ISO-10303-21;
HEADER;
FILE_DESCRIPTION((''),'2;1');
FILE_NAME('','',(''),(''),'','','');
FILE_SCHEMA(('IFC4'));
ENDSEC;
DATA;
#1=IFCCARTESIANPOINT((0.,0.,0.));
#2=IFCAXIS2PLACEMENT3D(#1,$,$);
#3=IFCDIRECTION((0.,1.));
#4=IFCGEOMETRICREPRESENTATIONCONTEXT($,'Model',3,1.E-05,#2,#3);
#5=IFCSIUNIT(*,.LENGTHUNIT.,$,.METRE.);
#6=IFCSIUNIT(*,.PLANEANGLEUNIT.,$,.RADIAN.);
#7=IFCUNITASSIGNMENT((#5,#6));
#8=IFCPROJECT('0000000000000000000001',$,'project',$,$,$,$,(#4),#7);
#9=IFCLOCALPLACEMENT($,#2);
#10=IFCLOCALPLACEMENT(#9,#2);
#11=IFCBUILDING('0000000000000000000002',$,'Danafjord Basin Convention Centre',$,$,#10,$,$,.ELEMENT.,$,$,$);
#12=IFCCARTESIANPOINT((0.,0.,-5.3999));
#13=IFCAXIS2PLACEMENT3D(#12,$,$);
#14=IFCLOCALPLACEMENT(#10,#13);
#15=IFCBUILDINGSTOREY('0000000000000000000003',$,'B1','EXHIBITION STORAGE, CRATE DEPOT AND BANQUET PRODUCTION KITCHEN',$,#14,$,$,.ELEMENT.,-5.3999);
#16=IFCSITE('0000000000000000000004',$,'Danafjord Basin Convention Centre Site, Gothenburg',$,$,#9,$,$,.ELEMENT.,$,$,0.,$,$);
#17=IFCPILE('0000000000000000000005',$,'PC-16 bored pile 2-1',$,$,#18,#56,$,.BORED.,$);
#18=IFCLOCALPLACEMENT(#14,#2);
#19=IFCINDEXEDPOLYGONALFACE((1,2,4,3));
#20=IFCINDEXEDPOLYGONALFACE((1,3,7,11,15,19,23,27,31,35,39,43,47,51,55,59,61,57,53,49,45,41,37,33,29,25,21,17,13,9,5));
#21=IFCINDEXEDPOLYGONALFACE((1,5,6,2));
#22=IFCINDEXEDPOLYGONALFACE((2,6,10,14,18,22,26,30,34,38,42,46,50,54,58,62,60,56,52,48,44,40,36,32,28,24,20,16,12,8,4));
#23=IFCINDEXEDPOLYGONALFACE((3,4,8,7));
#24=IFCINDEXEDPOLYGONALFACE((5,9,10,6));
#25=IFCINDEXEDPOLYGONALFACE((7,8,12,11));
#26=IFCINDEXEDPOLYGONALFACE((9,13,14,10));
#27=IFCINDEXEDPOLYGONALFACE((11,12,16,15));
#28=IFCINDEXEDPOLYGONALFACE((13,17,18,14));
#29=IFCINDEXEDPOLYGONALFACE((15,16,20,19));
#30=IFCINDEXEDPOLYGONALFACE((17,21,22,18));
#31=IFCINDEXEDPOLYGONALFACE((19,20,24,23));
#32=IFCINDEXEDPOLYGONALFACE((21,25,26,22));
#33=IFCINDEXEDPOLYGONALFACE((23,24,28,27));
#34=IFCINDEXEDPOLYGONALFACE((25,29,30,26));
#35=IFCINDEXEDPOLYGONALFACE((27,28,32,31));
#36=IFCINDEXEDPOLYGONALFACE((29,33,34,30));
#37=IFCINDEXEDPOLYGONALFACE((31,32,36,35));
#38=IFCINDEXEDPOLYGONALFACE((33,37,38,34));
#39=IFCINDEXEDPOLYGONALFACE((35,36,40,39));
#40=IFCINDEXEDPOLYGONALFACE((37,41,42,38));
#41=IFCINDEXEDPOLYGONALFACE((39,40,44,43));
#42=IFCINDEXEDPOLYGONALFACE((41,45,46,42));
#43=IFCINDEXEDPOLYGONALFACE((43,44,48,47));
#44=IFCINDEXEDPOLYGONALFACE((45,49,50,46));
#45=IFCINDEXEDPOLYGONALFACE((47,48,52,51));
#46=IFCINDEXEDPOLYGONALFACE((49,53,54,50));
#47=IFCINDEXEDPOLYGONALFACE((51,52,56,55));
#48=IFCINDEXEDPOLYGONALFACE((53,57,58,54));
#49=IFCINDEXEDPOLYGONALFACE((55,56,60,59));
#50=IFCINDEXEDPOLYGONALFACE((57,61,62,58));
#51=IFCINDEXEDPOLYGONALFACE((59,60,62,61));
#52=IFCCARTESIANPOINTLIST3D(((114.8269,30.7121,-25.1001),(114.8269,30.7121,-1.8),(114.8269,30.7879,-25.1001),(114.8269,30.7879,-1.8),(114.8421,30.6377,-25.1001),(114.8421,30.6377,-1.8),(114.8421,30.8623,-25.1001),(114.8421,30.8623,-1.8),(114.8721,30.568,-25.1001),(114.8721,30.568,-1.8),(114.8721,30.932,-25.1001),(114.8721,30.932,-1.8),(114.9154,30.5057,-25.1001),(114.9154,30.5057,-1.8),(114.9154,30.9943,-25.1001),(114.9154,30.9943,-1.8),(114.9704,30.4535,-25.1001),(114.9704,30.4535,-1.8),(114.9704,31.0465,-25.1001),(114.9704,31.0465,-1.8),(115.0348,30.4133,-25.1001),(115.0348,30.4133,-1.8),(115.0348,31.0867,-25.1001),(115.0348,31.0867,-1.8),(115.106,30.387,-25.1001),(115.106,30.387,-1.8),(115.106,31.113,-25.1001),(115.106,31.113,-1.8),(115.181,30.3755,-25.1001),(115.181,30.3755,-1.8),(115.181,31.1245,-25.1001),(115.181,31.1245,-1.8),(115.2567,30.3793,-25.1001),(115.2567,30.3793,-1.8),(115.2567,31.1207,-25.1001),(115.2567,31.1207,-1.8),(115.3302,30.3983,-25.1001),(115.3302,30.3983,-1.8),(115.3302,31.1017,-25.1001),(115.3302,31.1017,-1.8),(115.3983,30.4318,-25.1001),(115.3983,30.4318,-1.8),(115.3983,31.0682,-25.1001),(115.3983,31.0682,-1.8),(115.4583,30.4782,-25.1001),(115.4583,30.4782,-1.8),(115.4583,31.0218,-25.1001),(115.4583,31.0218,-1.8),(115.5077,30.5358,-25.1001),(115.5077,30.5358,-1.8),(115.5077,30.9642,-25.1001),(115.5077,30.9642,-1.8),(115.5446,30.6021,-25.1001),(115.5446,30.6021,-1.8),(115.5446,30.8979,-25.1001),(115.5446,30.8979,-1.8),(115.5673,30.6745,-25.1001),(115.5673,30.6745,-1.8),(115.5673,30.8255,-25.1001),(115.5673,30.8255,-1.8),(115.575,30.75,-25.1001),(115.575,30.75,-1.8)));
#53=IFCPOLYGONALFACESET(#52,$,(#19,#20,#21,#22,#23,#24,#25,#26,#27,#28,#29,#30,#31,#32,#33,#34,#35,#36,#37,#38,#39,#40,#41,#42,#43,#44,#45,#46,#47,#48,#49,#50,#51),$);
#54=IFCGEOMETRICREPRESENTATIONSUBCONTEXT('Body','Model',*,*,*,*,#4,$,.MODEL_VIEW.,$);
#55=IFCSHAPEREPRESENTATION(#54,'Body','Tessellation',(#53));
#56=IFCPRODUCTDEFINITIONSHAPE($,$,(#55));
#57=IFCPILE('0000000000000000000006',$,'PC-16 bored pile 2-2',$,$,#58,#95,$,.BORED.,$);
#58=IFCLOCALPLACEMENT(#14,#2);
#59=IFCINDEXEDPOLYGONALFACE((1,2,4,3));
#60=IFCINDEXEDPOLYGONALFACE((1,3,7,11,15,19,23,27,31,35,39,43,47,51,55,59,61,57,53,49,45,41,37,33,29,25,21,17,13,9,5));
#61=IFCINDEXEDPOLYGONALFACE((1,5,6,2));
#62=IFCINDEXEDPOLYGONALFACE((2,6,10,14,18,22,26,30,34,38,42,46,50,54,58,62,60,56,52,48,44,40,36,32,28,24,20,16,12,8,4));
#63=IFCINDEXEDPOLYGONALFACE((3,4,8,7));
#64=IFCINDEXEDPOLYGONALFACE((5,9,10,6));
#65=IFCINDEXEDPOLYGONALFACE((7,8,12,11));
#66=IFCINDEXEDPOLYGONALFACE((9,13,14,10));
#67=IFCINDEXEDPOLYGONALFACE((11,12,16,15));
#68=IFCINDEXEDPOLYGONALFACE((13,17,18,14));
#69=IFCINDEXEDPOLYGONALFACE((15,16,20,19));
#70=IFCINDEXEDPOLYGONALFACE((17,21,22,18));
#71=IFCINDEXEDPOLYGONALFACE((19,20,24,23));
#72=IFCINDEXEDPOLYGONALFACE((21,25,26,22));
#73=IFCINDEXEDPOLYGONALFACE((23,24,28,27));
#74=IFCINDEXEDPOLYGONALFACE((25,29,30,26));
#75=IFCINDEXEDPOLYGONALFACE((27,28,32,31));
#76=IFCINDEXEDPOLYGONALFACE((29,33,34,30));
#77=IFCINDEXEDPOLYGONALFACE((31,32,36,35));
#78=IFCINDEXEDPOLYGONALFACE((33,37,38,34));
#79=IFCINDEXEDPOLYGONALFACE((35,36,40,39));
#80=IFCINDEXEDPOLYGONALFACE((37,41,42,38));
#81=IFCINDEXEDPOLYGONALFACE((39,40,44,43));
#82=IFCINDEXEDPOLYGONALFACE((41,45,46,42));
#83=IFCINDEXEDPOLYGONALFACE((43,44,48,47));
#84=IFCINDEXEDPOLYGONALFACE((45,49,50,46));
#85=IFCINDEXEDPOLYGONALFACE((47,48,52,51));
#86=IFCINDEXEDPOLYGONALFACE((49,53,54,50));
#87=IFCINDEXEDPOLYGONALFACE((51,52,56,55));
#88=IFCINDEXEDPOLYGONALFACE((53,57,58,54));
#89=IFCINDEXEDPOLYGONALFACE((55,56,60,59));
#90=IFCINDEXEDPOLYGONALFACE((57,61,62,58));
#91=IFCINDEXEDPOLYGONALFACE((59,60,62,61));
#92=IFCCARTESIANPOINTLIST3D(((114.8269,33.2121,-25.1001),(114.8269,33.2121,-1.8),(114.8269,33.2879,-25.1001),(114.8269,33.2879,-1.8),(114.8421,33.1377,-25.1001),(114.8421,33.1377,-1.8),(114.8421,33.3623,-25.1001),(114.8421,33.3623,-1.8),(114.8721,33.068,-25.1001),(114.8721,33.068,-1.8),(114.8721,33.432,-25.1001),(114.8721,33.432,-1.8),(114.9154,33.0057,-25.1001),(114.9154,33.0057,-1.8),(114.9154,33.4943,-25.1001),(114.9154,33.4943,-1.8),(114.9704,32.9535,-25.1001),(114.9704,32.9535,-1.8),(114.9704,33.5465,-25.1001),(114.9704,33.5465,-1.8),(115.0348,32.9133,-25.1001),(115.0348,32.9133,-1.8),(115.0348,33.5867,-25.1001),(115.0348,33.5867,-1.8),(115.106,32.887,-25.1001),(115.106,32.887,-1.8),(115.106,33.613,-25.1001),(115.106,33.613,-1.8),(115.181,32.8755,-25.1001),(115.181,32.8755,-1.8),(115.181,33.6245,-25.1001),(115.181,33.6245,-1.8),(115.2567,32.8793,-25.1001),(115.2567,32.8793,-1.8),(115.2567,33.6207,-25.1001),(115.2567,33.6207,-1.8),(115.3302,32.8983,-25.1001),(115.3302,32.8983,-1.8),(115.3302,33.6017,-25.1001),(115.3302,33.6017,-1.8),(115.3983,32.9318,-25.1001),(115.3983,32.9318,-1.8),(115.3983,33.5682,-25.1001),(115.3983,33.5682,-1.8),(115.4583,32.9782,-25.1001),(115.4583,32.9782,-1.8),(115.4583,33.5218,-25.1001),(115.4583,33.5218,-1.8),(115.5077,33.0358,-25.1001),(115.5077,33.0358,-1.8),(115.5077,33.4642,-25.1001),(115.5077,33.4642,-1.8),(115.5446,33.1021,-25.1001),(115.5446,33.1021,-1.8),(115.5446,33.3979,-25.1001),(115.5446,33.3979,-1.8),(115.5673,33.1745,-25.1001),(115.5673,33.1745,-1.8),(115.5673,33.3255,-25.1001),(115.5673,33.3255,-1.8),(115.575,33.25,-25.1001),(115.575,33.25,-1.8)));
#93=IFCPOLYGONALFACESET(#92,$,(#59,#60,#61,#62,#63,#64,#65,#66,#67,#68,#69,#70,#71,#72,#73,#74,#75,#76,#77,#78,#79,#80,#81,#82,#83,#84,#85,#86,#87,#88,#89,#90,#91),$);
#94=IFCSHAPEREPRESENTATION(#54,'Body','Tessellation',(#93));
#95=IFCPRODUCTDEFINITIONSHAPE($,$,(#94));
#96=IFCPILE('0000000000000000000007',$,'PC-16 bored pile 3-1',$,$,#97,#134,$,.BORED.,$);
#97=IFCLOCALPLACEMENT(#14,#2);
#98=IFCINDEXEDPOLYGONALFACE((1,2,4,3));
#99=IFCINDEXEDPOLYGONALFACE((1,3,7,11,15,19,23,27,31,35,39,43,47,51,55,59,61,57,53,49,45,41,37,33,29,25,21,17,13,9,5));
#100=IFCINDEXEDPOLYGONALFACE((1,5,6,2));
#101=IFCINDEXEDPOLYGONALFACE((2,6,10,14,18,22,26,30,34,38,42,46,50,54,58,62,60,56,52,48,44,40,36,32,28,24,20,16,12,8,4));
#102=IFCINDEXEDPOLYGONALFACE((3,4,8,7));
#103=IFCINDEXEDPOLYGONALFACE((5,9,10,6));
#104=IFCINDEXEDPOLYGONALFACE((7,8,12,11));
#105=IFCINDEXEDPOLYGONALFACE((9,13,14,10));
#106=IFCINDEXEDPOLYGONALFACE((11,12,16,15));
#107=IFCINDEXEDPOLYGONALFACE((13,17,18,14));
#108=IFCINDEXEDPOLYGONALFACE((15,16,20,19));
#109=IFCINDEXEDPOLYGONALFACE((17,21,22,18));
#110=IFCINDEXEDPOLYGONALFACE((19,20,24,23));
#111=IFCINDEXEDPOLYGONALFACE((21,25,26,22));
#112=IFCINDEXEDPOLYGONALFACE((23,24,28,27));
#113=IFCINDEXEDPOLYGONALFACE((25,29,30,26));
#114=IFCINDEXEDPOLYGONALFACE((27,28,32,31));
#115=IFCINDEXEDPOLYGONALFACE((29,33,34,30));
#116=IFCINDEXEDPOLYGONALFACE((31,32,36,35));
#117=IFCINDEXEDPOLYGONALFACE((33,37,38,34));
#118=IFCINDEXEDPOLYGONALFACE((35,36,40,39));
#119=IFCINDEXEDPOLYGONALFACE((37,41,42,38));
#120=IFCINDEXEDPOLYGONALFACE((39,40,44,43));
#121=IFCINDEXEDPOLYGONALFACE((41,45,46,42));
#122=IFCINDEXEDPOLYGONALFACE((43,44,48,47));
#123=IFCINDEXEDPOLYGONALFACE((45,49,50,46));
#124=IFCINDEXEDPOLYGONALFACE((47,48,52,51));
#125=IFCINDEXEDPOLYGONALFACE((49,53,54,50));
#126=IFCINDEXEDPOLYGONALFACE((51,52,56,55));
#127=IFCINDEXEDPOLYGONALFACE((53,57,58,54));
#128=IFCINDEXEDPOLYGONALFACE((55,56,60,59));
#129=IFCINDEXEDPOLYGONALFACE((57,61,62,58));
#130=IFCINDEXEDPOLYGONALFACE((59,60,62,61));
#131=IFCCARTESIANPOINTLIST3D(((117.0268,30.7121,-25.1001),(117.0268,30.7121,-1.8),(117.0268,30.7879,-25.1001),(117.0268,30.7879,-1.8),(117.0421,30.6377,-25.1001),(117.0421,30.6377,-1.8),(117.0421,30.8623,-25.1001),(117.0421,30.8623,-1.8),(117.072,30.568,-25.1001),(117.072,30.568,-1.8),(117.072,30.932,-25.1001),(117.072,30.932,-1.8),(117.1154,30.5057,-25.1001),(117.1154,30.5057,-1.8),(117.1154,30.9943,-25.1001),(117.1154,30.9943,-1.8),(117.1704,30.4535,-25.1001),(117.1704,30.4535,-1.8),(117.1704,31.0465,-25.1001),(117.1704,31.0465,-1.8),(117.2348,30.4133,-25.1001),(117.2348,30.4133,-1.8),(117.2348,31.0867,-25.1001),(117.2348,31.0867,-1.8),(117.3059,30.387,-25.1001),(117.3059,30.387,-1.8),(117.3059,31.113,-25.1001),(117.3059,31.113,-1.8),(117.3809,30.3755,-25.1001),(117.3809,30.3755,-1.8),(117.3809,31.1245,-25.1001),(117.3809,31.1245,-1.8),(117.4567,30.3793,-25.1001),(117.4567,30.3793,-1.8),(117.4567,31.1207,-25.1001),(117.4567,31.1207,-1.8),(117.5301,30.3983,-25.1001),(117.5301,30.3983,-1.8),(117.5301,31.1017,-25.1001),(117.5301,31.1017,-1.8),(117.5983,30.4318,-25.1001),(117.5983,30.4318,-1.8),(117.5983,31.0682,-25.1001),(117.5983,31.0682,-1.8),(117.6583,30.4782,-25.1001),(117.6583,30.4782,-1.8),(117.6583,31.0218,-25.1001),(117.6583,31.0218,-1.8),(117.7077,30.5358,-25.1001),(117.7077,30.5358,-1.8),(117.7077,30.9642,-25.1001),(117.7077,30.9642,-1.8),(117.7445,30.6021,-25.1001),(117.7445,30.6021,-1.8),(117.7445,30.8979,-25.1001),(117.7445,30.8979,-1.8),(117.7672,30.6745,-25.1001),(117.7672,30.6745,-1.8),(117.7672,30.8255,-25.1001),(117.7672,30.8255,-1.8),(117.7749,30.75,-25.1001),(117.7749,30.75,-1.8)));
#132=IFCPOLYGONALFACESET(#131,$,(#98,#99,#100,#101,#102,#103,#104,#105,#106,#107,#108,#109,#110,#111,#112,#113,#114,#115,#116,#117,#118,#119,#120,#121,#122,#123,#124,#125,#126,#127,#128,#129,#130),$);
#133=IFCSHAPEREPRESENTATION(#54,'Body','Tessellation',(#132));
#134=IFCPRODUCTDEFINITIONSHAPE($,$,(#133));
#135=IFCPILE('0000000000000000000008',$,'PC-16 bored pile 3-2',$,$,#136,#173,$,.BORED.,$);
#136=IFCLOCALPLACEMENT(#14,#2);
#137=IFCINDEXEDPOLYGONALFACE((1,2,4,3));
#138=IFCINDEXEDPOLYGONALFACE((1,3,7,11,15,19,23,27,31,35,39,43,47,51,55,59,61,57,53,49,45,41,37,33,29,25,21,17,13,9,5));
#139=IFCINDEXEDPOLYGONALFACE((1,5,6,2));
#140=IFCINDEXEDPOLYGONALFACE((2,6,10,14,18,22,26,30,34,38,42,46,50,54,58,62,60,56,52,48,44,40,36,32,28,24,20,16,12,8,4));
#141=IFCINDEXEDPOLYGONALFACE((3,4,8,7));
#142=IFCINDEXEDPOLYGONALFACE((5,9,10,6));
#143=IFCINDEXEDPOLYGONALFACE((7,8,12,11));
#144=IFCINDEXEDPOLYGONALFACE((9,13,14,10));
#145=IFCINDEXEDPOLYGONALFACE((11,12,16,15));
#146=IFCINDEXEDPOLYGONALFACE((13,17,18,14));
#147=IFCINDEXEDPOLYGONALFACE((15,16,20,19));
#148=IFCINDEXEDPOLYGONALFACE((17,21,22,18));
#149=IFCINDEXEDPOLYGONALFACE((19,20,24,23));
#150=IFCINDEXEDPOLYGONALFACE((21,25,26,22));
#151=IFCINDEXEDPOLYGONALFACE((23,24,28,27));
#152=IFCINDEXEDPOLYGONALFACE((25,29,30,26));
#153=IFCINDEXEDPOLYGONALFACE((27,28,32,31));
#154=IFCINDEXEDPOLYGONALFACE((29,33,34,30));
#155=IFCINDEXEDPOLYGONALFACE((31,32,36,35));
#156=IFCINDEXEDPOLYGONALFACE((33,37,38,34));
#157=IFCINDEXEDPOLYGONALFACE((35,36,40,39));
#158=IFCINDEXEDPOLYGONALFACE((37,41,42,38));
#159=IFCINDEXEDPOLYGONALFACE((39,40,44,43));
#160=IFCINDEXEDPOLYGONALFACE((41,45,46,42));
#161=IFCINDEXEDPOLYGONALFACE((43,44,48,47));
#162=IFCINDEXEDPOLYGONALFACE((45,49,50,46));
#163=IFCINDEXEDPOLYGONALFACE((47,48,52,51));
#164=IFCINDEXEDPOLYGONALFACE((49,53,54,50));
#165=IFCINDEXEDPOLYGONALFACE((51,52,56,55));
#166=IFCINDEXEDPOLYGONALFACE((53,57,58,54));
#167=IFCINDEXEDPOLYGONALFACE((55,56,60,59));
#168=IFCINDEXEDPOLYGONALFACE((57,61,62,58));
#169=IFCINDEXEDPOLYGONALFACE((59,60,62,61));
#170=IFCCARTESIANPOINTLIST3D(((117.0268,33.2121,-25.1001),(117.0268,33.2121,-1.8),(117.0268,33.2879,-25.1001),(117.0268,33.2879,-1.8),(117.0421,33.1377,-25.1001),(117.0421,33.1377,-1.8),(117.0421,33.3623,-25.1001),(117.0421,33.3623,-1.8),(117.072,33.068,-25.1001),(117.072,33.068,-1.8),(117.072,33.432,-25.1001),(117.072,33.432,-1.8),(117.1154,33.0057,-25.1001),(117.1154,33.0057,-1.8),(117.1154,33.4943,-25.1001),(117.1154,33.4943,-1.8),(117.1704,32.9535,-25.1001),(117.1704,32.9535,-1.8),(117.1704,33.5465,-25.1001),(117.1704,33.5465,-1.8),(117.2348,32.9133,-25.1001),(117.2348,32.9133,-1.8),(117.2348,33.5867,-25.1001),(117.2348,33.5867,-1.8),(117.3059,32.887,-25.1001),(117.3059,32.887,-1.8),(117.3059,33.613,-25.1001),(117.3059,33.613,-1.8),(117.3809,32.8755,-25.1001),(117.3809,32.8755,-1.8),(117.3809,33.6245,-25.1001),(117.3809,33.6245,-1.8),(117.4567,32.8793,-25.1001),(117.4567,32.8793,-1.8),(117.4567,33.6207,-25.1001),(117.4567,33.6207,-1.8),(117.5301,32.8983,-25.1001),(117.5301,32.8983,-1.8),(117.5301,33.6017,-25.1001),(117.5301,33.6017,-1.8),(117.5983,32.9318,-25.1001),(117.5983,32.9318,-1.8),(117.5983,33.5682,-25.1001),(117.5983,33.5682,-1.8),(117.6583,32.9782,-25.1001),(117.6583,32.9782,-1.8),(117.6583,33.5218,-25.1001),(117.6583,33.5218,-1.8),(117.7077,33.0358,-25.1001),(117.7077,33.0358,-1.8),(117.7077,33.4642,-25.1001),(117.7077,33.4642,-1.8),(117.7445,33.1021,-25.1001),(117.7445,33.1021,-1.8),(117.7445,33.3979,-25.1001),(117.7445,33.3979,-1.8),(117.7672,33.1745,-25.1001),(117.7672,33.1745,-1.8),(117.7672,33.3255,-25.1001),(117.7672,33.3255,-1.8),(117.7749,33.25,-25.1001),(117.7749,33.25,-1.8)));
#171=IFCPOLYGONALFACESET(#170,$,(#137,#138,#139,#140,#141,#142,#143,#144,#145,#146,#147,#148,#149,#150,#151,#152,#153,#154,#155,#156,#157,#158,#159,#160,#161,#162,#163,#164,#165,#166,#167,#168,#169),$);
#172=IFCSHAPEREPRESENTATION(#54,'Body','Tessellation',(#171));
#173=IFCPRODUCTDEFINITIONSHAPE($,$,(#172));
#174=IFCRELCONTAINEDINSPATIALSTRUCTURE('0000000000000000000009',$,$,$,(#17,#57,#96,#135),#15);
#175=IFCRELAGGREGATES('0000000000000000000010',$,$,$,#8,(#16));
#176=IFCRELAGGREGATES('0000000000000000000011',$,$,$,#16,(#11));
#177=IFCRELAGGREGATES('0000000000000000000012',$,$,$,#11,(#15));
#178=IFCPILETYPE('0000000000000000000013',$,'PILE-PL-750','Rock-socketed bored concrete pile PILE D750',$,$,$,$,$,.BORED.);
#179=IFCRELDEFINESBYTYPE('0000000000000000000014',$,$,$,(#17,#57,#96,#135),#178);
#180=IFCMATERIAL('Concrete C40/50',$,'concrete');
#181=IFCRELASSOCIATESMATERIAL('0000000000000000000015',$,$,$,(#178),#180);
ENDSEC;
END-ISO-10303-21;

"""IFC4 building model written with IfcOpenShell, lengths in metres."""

from ifc_helpers import new_model, si_unit, direction, frame, origin, origin_2d, place, context, subcontext, project, spatial, circle, extrude, material, material_profile, profile_set, type_object, element, save


model = new_model("IFC4")

# Units and contexts
model_context = context("Model", 3, precision=1e-05, world=origin(), true_north=direction((0.0, 1.0)))
body_context = subcontext(model_context, "Body", "Model", "MODEL_VIEW")
ifc_project = project(units=[si_unit("LENGTHUNIT", "METRE"), si_unit("PLANEANGLEUNIT", "RADIAN")], contexts=[model_context])

# Site, building, storey
site_placement = place(None, origin())
site = spatial("IfcSite", under=ifc_project, at=site_placement, Name="Danafjord Basin Convention Centre Site, Gothenburg", CompositionType="ELEMENT", RefElevation=0.0)
building_placement = place(site_placement, origin())
building = spatial("IfcBuilding", under=site, at=building_placement, Name="Danafjord Basin Convention Centre", CompositionType="ELEMENT")
storey_placement = place(building_placement, frame((0.0, 0.0, -5.3999)))
storey = spatial("IfcBuildingStorey", under=building, at=storey_placement, Name="B1", Description="EXHIBITION STORAGE, CRATE DEPOT AND BANQUET PRODUCTION KITCHEN", CompositionType="ELEMENT", Elevation=-5.3999)

# Shared definitions
ifc_material_1 = material(Name="Concrete C40/50", Category="concrete")

# Piles
ifc_material_profile_1 = material_profile(ifc_material_1, circle(Radius=0.375, at=origin_2d()), Name="PILE D750")
ifc_profile_set_1 = profile_set([ifc_material_profile_1], Name="Concrete C40/50")
pile_type_1 = type_object("IfcPileType", Name="PILE-PL-750", Description="Rock-socketed bored concrete pile PILE D750", PredefinedType="BORED", material=ifc_profile_set_1)
for number, where, z_axis, x_axis, name in (
    (1, (115.2, 30.75, -1.8), (0.0, 0.0, -1.0), (1.0, 0.0, 0.0), "PC-16 bored pile 2-1"),
    (2, (115.2, 33.25, -1.8), (0.0, 0.0, -1.0), (1.0, 0.0, 0.0), "PC-16 bored pile 2-2"),
    (3, (117.3999, 30.75, -1.8), (0.0, 0.0, -1.0), (1.0, 0.0, 0.0), "PC-16 bored pile 3-1"),
    (4, (117.3999, 33.25, -1.8), (0.0, 0.0, -1.0), (1.0, 0.0, 0.0), "PC-16 bored pile 3-2"),
):
    element("IfcPile", number, at=place(storey_placement, frame(where, z_axis=z_axis, x_axis=x_axis)), inside=storey, type_object=pile_type_1, Name=name, PredefinedType="BORED", context=body_context, shape_type="SweptSolid", body=[
        extrude(circle(Radius=0.375, at=origin_2d()), origin(), (0.0, 0.0, 1.0), 23.3),
    ])

save(model, "model.ifc")
